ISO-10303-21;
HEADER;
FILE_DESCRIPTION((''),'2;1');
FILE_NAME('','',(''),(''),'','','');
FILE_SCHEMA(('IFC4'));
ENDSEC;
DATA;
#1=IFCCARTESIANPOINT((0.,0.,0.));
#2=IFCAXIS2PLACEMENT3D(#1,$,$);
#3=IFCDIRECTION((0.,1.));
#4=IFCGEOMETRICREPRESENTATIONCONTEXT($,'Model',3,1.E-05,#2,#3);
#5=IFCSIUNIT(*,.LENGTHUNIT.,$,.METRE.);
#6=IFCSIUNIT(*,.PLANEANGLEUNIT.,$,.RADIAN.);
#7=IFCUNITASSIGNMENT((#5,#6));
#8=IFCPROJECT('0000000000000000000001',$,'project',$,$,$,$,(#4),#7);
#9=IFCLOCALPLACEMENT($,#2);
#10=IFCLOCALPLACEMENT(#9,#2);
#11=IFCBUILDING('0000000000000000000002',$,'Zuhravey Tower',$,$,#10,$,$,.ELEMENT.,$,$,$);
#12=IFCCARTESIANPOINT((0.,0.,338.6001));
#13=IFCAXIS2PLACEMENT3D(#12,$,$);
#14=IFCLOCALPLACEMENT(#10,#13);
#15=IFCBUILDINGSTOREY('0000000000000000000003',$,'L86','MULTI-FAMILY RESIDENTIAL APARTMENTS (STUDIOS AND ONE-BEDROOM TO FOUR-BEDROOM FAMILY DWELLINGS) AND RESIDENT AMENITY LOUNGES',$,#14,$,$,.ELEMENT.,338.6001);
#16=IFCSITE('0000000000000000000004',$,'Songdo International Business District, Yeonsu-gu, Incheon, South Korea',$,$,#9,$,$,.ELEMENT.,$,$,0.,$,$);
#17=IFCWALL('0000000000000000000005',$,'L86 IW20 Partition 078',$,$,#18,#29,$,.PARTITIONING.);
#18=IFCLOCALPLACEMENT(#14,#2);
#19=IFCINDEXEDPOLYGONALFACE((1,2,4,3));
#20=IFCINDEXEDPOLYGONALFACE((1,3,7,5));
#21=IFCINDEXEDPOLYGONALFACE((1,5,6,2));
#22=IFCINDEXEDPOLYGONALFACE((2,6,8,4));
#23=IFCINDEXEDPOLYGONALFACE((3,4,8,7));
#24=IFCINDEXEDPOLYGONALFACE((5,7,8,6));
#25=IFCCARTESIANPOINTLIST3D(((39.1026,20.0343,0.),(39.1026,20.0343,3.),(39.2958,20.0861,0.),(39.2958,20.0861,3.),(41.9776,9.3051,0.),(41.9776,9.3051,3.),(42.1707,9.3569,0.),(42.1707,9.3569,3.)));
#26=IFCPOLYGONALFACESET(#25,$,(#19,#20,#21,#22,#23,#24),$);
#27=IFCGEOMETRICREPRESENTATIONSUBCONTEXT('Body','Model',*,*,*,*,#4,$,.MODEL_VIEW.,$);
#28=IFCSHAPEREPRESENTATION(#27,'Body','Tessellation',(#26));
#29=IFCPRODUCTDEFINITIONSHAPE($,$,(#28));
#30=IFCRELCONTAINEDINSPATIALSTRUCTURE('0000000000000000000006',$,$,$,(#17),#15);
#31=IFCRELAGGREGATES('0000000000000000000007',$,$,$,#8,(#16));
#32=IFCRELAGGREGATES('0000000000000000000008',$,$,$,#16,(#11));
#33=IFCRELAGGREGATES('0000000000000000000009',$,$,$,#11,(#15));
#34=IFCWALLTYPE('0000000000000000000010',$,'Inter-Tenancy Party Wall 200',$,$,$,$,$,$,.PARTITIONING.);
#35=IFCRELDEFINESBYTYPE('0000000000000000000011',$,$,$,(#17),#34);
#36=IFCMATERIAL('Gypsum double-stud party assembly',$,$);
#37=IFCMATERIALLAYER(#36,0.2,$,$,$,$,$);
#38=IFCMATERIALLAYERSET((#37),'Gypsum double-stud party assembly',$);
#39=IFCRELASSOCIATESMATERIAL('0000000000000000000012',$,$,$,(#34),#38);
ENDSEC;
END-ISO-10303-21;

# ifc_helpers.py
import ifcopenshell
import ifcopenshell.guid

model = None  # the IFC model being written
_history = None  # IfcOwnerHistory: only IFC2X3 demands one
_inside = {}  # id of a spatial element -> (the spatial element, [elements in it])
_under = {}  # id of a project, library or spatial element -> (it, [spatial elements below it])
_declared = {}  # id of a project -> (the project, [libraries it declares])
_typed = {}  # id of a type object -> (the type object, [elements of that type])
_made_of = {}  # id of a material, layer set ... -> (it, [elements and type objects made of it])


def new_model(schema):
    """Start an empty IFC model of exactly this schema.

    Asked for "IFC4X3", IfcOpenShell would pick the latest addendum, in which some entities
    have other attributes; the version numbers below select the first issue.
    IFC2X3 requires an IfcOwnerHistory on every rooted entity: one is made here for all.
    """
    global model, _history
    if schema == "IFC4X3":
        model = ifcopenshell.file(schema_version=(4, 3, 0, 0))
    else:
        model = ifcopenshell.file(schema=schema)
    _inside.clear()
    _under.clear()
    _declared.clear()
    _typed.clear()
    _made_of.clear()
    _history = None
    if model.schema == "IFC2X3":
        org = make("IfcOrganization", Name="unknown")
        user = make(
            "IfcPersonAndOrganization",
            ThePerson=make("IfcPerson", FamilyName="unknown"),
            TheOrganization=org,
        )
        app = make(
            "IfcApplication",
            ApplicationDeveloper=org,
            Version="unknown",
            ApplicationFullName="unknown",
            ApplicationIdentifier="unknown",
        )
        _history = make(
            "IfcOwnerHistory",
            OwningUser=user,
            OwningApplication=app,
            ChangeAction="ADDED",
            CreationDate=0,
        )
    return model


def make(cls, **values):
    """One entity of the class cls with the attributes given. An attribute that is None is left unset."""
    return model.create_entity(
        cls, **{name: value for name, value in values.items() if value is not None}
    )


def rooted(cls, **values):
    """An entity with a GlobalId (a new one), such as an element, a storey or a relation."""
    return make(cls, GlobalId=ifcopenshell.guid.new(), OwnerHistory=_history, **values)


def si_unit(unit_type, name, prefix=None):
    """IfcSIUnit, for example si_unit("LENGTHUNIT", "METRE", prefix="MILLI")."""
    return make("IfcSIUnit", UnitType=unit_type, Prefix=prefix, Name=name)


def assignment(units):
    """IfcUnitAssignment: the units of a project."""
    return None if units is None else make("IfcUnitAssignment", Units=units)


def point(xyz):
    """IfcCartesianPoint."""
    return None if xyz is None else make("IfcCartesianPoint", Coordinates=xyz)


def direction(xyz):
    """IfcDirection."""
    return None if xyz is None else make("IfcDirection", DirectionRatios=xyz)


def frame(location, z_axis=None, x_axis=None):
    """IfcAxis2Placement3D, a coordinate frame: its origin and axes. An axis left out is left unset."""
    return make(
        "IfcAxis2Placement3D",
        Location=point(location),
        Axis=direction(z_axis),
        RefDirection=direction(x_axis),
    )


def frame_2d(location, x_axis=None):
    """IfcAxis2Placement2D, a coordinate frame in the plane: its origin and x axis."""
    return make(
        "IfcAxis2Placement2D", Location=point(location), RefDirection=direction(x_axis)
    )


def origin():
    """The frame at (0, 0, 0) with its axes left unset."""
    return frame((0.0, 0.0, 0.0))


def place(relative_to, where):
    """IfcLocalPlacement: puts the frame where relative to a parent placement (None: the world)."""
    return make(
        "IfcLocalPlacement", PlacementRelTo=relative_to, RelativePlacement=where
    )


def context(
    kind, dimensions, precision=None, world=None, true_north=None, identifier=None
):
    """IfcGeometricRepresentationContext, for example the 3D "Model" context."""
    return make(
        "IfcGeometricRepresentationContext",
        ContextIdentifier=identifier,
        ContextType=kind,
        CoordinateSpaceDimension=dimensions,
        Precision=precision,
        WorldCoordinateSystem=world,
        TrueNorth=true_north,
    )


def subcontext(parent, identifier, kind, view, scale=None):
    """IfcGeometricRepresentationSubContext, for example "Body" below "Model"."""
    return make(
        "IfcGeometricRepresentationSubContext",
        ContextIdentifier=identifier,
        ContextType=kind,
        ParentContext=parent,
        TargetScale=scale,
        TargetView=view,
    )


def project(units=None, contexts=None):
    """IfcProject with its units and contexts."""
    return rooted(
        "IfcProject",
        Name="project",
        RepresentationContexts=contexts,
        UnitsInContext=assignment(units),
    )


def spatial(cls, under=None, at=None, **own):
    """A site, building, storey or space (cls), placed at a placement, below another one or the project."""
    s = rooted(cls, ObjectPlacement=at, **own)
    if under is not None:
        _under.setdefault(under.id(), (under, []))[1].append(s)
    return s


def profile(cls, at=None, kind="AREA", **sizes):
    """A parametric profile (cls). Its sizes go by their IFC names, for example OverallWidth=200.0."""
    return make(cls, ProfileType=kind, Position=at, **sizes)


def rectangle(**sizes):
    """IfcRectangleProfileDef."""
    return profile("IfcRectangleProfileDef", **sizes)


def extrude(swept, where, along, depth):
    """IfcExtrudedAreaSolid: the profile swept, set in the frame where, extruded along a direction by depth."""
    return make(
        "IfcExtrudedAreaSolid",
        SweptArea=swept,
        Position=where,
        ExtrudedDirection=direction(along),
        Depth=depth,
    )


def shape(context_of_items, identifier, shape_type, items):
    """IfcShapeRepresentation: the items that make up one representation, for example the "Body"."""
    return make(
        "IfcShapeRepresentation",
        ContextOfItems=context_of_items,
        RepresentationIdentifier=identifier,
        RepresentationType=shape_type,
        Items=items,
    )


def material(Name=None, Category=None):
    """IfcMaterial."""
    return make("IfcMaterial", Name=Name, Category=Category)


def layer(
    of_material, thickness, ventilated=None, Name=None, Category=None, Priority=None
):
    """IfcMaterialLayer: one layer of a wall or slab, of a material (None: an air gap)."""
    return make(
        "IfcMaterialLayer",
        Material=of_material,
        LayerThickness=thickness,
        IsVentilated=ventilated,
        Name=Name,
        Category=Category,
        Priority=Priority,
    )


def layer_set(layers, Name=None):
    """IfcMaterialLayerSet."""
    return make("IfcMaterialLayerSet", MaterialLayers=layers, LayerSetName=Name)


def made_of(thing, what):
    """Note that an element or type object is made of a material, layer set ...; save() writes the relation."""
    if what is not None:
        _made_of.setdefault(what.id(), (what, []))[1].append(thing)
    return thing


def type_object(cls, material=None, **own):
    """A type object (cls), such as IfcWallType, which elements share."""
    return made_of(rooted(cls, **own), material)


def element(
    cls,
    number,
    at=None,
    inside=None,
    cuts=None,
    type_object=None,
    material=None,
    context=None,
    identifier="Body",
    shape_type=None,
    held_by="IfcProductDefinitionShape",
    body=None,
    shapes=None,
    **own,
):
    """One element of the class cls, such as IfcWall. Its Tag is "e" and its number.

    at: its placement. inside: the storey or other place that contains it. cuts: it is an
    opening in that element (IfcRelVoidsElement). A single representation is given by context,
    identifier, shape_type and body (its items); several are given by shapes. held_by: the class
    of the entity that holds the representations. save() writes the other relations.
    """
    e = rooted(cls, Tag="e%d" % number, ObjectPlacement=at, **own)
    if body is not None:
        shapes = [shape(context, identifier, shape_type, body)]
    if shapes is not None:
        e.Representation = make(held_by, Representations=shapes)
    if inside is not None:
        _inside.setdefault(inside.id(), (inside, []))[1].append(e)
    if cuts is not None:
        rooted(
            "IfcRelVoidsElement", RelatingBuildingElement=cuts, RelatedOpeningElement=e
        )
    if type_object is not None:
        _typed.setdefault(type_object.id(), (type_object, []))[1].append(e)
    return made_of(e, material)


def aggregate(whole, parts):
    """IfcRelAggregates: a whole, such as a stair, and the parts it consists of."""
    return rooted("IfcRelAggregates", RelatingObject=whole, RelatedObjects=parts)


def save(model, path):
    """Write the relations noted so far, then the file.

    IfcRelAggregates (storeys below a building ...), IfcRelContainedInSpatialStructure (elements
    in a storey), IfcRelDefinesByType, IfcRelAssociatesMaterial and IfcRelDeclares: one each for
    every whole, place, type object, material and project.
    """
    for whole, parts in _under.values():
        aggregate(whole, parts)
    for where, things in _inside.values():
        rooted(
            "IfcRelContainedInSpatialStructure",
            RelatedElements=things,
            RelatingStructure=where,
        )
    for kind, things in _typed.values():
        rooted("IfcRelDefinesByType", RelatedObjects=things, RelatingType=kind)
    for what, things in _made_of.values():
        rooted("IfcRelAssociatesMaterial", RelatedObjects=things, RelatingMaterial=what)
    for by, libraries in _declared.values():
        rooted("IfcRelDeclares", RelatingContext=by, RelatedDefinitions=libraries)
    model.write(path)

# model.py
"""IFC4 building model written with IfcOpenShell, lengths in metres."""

from ifc_helpers import new_model, si_unit, direction, frame, frame_2d, origin, place, context, subcontext, project, spatial, rectangle, extrude, material, layer, layer_set, type_object, element, save


model = new_model("IFC4")

# Units and contexts
model_context = context("Model", 3, precision=1e-05, world=origin(), true_north=direction((0.0, 1.0)))
body_context = subcontext(model_context, "Body", "Model", "MODEL_VIEW")
ifc_project = project(units=[si_unit("LENGTHUNIT", "METRE"), si_unit("PLANEANGLEUNIT", "RADIAN")], contexts=[model_context])

# Site, building, storey
site_placement = place(None, origin())
site = spatial("IfcSite", under=ifc_project, at=site_placement, Name="Songdo International Business District, Yeonsu-gu, Incheon, South Korea", CompositionType="ELEMENT", RefElevation=0.0)
building_placement = place(site_placement, origin())
building = spatial("IfcBuilding", under=site, at=building_placement, Name="Zuhravey Tower", CompositionType="ELEMENT")
storey_placement = place(building_placement, frame((0.0, 0.0, 338.6001)))
storey = spatial("IfcBuildingStorey", under=building, at=storey_placement, Name="L86", Description="MULTI-FAMILY RESIDENTIAL APARTMENTS (STUDIOS AND ONE-BEDROOM TO FOUR-BEDROOM FAMILY DWELLINGS) AND RESIDENT AMENITY LOUNGES", CompositionType="ELEMENT", Elevation=338.6001)

# Wall
ifc_material_1 = material(Name="Gypsum double-stud party assembly")
ifc_layer_1 = layer(ifc_material_1, 0.2)
ifc_layer_set_1 = layer_set([ifc_layer_1], Name="Gypsum double-stud party assembly")
wall_type_1 = type_object("IfcWallType", Name="Inter-Tenancy Party Wall 200", PredefinedType="PARTITIONING", material=ifc_layer_set_1)
wall_1_placement = place(storey_placement, frame((39.1992, 20.0601, 0.0), z_axis=(0.0, 0.0, 1.0), x_axis=(0.258828, -0.965923, 0.0)))
element("IfcWall", 1, at=wall_1_placement, inside=storey, type_object=wall_type_1, Name="L86 IW20 Partition 078", PredefinedType="PARTITIONING", context=body_context, shape_type="SweptSolid", body=[
    extrude(rectangle(XDim=11.1077, YDim=0.2, at=frame_2d((5.5537, 0.0))), origin(), (0.0, 0.0, 1.0), 3.0),
])

save(model, "model.ifc")
